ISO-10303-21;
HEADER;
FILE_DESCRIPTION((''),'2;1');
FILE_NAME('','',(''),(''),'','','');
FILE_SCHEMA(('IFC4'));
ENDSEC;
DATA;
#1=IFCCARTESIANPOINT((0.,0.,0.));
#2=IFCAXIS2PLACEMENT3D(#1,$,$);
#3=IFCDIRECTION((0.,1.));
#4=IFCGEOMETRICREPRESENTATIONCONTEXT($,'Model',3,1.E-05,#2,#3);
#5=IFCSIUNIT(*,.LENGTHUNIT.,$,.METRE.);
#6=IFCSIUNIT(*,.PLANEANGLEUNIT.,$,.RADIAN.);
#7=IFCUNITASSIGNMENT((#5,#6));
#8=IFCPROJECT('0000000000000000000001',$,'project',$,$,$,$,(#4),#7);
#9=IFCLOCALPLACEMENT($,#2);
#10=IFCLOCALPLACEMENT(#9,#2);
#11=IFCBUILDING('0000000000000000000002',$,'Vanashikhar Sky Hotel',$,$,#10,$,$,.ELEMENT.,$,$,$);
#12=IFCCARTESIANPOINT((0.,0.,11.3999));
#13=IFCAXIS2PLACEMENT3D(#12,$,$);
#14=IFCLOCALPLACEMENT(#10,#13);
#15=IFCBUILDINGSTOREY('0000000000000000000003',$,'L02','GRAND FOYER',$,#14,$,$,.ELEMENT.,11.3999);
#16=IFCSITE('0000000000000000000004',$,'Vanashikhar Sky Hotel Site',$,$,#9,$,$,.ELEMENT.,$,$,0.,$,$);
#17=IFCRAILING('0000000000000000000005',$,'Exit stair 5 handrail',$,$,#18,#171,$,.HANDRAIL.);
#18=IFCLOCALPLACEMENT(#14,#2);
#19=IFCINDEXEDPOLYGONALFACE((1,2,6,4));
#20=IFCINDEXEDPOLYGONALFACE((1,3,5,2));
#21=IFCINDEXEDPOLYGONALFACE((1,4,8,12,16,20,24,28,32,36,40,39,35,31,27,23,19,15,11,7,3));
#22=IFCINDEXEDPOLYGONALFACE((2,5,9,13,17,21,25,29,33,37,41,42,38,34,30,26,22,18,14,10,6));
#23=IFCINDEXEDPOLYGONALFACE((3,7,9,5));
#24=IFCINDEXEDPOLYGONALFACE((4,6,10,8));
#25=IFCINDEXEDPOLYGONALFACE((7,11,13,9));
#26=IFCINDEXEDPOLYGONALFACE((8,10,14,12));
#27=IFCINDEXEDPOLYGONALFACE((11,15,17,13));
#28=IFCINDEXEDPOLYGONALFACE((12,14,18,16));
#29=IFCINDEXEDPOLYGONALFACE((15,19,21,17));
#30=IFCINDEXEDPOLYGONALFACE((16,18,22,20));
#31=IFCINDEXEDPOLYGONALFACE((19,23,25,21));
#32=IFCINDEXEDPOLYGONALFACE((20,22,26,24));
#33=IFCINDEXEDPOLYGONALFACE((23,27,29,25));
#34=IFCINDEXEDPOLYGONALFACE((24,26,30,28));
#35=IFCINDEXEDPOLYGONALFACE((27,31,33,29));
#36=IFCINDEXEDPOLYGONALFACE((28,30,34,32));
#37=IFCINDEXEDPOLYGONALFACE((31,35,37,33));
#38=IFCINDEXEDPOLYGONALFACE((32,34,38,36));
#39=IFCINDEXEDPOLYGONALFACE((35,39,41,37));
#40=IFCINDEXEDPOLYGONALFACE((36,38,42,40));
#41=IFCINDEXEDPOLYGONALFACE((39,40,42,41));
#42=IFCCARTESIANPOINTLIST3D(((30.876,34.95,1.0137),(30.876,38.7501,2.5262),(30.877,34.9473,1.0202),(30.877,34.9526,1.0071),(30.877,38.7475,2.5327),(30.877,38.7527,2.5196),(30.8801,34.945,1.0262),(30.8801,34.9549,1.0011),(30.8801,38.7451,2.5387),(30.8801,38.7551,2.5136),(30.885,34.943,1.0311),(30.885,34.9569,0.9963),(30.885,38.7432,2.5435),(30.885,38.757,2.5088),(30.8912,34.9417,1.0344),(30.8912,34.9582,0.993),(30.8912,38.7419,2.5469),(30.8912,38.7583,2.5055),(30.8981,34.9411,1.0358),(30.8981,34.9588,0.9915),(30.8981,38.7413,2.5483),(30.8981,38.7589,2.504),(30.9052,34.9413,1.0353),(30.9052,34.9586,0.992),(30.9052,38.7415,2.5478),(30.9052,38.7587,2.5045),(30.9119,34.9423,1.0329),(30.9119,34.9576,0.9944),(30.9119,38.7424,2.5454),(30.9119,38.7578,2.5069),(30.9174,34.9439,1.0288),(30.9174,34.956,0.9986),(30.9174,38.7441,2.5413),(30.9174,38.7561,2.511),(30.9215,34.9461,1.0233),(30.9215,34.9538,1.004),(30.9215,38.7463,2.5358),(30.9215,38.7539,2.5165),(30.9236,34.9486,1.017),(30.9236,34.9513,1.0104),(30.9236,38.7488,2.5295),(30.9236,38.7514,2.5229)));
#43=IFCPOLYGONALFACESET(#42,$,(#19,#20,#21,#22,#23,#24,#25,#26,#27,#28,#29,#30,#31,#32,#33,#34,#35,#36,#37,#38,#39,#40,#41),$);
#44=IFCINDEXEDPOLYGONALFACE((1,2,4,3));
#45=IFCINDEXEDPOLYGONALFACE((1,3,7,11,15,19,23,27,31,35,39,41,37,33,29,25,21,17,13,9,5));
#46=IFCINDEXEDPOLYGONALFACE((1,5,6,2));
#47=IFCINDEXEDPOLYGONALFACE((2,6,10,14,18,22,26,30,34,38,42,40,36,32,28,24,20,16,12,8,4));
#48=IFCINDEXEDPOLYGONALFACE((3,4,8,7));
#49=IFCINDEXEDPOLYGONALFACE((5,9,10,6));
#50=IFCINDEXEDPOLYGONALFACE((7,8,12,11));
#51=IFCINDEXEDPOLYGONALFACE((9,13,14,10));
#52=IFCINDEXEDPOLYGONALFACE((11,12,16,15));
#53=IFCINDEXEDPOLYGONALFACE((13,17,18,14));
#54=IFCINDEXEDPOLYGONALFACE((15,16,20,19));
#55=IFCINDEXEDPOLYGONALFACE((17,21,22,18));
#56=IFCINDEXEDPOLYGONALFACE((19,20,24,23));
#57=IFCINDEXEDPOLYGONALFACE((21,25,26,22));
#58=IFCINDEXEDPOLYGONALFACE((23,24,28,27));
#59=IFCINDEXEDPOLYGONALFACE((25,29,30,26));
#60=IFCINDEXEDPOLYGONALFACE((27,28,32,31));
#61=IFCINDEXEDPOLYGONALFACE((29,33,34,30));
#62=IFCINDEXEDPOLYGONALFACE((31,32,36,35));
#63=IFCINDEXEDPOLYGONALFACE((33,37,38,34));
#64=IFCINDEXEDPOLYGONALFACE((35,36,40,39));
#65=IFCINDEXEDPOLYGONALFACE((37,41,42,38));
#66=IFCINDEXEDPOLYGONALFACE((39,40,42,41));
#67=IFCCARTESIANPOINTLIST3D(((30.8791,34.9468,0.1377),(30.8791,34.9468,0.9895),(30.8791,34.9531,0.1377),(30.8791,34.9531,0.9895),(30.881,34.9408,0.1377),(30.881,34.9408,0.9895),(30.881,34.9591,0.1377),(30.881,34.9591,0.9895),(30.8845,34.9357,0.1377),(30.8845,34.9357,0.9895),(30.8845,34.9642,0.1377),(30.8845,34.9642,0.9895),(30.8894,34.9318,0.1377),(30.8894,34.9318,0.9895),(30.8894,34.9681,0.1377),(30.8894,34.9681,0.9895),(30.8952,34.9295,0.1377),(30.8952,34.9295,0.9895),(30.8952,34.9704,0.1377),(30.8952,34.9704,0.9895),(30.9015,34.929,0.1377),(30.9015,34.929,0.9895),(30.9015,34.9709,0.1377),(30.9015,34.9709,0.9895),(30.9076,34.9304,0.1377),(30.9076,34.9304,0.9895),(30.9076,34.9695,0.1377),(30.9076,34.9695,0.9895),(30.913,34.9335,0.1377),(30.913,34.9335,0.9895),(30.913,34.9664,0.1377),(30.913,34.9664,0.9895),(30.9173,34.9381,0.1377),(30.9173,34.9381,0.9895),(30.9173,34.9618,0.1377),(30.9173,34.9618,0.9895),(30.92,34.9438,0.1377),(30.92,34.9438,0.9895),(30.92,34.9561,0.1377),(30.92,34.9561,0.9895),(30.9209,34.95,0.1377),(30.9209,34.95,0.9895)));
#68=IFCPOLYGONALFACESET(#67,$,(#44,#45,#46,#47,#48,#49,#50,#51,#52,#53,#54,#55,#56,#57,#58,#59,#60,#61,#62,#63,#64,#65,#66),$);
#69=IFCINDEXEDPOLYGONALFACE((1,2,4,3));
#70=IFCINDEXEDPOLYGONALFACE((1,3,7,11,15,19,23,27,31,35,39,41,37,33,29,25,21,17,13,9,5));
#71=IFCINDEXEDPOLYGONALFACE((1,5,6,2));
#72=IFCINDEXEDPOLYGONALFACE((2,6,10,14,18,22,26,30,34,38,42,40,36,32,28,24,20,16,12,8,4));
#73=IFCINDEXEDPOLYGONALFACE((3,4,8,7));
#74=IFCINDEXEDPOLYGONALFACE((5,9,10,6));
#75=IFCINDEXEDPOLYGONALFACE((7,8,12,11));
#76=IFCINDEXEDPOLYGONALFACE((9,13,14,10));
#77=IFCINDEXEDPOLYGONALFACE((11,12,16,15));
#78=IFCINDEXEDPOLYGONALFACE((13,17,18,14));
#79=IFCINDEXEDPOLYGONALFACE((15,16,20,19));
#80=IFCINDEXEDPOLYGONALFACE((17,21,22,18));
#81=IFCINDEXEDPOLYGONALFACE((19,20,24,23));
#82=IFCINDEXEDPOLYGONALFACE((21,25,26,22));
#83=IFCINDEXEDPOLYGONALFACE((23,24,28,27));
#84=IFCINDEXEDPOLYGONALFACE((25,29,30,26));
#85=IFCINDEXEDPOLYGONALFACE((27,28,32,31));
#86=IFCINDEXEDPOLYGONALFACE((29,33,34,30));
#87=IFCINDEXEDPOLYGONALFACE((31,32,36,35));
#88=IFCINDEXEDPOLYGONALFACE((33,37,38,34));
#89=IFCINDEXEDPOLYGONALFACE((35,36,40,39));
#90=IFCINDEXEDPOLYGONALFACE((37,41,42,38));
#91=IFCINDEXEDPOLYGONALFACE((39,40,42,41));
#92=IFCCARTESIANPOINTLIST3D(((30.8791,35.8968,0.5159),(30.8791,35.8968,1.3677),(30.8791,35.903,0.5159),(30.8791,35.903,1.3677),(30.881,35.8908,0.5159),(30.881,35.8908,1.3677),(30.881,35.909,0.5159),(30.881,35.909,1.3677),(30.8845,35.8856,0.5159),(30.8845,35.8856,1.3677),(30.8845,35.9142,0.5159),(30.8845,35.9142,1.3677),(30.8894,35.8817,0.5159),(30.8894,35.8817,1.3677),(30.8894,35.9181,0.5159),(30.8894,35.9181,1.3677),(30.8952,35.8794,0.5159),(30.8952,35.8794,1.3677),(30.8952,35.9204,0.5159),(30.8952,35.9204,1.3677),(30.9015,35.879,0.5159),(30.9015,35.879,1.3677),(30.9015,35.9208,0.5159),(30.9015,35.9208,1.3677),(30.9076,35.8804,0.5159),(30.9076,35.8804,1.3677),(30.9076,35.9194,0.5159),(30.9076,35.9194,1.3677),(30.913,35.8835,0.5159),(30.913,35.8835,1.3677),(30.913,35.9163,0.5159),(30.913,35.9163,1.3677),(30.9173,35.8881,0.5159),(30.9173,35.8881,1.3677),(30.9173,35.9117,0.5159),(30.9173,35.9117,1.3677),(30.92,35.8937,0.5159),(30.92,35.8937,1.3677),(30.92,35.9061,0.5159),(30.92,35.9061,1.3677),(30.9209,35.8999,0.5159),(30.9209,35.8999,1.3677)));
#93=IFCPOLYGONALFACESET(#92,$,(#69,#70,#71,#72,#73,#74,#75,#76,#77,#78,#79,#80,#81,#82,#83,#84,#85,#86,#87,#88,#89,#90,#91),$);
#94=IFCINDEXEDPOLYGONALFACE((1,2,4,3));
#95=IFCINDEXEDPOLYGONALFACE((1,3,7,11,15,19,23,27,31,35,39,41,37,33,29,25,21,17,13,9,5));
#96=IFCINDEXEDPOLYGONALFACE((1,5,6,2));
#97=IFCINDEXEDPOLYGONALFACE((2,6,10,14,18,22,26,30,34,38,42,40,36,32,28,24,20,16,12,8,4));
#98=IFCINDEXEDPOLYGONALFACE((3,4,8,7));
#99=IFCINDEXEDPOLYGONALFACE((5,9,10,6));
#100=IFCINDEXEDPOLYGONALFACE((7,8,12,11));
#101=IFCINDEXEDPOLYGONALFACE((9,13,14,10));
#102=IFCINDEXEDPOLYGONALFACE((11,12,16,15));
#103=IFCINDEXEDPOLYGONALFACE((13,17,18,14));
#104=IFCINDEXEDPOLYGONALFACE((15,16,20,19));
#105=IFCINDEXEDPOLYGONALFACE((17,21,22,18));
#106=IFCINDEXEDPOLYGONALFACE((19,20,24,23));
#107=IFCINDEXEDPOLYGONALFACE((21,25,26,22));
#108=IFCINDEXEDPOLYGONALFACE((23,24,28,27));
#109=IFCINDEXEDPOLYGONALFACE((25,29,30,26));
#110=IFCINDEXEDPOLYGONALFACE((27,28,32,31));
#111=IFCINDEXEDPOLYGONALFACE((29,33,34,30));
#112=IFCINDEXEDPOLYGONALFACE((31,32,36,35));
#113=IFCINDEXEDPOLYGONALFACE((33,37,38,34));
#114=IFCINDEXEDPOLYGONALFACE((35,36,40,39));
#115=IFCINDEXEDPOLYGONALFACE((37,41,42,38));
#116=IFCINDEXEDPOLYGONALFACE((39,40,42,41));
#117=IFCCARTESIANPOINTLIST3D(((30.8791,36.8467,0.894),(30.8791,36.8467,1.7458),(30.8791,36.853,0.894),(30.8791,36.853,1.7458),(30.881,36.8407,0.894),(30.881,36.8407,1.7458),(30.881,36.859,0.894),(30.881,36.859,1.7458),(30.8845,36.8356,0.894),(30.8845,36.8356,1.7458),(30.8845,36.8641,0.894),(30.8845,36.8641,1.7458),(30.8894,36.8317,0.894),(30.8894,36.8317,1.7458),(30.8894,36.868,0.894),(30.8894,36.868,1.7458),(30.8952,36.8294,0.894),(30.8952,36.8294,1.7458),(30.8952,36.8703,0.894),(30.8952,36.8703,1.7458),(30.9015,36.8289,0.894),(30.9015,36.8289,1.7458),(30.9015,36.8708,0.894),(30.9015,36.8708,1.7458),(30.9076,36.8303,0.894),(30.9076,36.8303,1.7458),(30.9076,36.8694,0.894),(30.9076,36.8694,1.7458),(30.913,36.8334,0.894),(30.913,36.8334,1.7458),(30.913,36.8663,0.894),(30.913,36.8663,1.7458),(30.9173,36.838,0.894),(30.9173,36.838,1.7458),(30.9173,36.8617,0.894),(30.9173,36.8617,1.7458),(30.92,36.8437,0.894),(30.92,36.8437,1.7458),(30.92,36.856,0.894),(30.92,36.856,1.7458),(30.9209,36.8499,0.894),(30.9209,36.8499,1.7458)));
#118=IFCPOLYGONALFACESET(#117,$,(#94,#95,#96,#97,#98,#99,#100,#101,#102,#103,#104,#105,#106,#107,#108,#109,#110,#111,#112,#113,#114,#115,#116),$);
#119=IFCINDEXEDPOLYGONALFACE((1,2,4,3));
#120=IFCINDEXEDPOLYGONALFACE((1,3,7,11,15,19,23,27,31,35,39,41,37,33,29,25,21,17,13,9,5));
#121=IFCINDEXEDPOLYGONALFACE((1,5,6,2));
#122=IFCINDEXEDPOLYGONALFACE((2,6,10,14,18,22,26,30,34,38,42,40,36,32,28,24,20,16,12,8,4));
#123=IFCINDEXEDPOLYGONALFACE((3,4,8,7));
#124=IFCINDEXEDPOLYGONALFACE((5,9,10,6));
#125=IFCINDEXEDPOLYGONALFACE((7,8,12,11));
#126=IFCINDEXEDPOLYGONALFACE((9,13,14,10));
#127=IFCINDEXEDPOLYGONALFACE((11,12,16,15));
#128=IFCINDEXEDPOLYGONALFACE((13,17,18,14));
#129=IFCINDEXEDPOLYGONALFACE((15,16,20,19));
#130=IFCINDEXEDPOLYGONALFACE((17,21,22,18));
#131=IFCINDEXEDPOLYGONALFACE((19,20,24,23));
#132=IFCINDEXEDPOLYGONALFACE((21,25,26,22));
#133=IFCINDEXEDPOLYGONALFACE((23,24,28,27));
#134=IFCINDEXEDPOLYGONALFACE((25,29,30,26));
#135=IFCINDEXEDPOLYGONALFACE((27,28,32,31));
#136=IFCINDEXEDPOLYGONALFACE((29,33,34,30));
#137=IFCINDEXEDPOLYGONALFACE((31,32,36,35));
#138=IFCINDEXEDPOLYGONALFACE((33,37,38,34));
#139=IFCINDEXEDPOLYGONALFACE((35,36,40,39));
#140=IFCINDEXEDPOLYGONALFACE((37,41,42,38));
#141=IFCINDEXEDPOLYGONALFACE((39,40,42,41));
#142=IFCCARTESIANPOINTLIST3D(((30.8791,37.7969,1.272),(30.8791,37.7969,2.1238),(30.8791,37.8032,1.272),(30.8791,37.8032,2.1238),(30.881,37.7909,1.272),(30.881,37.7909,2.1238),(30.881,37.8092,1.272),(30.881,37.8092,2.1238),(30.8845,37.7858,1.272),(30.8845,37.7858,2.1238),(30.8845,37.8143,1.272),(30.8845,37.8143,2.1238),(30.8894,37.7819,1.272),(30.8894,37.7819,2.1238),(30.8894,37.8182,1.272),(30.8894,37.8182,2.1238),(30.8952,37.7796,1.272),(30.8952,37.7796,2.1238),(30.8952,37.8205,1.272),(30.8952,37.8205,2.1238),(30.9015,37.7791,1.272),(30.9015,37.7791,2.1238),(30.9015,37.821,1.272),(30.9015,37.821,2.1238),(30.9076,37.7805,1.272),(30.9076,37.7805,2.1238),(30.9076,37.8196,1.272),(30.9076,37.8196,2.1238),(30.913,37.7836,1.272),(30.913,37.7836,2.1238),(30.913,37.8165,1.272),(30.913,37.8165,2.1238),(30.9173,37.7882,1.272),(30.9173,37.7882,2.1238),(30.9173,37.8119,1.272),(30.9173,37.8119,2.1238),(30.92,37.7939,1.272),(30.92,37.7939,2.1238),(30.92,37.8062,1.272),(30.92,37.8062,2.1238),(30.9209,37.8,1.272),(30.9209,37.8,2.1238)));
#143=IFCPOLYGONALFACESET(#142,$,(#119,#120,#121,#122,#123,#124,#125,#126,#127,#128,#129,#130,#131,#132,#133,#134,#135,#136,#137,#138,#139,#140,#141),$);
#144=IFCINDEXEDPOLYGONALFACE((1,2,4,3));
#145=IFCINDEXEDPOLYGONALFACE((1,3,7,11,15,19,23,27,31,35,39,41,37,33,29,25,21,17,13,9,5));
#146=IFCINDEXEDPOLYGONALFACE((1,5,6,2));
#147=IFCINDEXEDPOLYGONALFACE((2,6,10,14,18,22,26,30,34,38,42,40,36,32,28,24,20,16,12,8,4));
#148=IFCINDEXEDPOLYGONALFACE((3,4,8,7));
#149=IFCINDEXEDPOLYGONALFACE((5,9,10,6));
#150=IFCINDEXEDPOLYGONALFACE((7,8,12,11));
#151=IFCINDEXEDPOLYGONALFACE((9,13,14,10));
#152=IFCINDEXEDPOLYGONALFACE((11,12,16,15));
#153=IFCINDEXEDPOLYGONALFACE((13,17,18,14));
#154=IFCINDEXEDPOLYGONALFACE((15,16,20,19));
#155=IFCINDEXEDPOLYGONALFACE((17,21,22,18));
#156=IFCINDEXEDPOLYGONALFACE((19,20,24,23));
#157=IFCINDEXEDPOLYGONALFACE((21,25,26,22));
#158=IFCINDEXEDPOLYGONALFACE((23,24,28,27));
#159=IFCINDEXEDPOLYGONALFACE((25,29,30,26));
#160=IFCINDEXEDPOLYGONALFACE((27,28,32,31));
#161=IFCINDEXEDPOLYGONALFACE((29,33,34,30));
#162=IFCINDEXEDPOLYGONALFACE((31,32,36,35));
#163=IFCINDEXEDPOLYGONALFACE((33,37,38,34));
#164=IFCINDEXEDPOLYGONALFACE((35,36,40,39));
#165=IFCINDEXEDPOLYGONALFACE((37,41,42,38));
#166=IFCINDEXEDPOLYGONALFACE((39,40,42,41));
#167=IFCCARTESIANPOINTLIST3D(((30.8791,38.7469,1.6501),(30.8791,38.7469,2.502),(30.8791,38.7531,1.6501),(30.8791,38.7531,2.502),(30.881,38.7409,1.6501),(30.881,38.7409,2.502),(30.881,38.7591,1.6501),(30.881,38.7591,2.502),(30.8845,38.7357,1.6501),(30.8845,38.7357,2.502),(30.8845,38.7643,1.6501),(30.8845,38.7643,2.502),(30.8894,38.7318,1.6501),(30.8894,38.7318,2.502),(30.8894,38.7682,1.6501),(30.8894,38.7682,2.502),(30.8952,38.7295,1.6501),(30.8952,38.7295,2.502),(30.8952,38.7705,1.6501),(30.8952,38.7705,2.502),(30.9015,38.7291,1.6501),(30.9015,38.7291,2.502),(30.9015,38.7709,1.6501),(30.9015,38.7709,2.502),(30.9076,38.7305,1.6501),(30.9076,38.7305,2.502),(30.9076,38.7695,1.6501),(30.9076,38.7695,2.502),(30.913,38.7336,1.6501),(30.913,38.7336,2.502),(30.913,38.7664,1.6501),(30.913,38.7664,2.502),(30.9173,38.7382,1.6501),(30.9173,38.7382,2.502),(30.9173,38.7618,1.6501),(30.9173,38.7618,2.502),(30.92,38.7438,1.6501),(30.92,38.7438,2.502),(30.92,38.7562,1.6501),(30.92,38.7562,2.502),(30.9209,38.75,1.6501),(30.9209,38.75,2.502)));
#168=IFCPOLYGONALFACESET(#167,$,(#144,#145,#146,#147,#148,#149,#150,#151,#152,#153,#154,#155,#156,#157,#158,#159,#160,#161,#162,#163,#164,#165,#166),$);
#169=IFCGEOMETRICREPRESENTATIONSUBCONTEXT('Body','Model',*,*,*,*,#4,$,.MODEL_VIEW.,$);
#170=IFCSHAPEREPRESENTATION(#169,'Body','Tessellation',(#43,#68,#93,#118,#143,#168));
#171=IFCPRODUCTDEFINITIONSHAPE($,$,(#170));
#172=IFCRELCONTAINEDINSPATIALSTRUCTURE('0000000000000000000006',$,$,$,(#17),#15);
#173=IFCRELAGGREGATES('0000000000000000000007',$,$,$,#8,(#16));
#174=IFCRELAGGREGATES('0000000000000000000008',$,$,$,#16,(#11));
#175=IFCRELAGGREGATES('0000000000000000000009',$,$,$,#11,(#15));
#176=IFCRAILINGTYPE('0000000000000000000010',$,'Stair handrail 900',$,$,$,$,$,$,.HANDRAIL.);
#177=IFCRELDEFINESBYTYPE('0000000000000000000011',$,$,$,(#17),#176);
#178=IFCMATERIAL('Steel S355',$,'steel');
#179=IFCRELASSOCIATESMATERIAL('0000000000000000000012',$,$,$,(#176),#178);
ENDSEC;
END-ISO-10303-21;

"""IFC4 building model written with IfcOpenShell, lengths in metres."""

from ifc_helpers import new_model, si_unit, direction, frame, origin, origin_2d, place, context, subcontext, project, spatial, circle, extrude, source, transform, mapped, material, type_object, element, save


model = new_model("IFC4")

# Units and contexts
model_context = context("Model", 3, precision=1e-05, world=origin(), true_north=direction((0.0, 1.0)))
body_context = subcontext(model_context, "Body", "Model", "MODEL_VIEW")
ifc_project = project(units=[si_unit("LENGTHUNIT", "METRE"), si_unit("PLANEANGLEUNIT", "RADIAN")], contexts=[model_context])

# Site, building, storey
site_placement = place(None, origin())
site = spatial("IfcSite", under=ifc_project, at=site_placement, Name="Vanashikhar Sky Hotel Site", CompositionType="ELEMENT", RefElevation=0.0)
building_placement = place(site_placement, origin())
building = spatial("IfcBuilding", under=site, at=building_placement, Name="Vanashikhar Sky Hotel", CompositionType="ELEMENT")
storey_placement = place(building_placement, frame((0.0, 0.0, 11.3999)))
storey = spatial("IfcBuildingStorey", under=building, at=storey_placement, Name="L02", Description="GRAND FOYER", CompositionType="ELEMENT", Elevation=11.3999)

# Railing
ifc_material_1 = material(Name="Steel S355", Category="steel")
railing_type_1 = type_object("IfcRailingType", Name="Stair handrail 900", PredefinedType="HANDRAIL", material=ifc_material_1)
shared_shape_1 = source(origin(), body_context, "Body", "SweptSolid", [
    extrude(circle(Radius=0.0239, at=origin_2d()), frame((0.0, 0.0, 0.876), z_axis=(0.0, 0.929113, 0.369795), x_axis=(-1.0, 0.0, 0.0)), (0.0, 0.0, 1.0), 4.0901),
    extrude(circle(Radius=0.021, at=origin_2d()), origin(), (0.0, 0.0, 1.0), 0.8518),
    extrude(circle(Radius=0.021, at=origin_2d()), frame((0.0, 0.95, 0.3782)), (0.0, 0.0, 1.0), 0.8518),
    extrude(circle(Radius=0.021, at=origin_2d()), frame((0.0, 1.8999, 0.7563)), (0.0, 0.0, 1.0), 0.8518),
    extrude(circle(Radius=0.021, at=origin_2d()), frame((0.0, 2.8501, 1.1343)), (0.0, 0.0, 1.0), 0.8518),
    extrude(circle(Radius=0.021, at=origin_2d()), frame((0.0, 3.8, 1.5125)), (0.0, 0.0, 1.0), 0.8518),
])
for number, where, name in (
    (1, (30.8999, 34.95, 0.1377), "Exit stair 5 handrail"),
):
    element("IfcRailing", number, at=place(storey_placement, frame(where)), inside=storey, type_object=railing_type_1, Name=name, PredefinedType="HANDRAIL", context=body_context, shape_type="MappedRepresentation", body=[
        mapped(shared_shape_1, transform((0.0, 0.0, 0.0), scale=1.0)),
    ])

save(model, "model.ifc")
